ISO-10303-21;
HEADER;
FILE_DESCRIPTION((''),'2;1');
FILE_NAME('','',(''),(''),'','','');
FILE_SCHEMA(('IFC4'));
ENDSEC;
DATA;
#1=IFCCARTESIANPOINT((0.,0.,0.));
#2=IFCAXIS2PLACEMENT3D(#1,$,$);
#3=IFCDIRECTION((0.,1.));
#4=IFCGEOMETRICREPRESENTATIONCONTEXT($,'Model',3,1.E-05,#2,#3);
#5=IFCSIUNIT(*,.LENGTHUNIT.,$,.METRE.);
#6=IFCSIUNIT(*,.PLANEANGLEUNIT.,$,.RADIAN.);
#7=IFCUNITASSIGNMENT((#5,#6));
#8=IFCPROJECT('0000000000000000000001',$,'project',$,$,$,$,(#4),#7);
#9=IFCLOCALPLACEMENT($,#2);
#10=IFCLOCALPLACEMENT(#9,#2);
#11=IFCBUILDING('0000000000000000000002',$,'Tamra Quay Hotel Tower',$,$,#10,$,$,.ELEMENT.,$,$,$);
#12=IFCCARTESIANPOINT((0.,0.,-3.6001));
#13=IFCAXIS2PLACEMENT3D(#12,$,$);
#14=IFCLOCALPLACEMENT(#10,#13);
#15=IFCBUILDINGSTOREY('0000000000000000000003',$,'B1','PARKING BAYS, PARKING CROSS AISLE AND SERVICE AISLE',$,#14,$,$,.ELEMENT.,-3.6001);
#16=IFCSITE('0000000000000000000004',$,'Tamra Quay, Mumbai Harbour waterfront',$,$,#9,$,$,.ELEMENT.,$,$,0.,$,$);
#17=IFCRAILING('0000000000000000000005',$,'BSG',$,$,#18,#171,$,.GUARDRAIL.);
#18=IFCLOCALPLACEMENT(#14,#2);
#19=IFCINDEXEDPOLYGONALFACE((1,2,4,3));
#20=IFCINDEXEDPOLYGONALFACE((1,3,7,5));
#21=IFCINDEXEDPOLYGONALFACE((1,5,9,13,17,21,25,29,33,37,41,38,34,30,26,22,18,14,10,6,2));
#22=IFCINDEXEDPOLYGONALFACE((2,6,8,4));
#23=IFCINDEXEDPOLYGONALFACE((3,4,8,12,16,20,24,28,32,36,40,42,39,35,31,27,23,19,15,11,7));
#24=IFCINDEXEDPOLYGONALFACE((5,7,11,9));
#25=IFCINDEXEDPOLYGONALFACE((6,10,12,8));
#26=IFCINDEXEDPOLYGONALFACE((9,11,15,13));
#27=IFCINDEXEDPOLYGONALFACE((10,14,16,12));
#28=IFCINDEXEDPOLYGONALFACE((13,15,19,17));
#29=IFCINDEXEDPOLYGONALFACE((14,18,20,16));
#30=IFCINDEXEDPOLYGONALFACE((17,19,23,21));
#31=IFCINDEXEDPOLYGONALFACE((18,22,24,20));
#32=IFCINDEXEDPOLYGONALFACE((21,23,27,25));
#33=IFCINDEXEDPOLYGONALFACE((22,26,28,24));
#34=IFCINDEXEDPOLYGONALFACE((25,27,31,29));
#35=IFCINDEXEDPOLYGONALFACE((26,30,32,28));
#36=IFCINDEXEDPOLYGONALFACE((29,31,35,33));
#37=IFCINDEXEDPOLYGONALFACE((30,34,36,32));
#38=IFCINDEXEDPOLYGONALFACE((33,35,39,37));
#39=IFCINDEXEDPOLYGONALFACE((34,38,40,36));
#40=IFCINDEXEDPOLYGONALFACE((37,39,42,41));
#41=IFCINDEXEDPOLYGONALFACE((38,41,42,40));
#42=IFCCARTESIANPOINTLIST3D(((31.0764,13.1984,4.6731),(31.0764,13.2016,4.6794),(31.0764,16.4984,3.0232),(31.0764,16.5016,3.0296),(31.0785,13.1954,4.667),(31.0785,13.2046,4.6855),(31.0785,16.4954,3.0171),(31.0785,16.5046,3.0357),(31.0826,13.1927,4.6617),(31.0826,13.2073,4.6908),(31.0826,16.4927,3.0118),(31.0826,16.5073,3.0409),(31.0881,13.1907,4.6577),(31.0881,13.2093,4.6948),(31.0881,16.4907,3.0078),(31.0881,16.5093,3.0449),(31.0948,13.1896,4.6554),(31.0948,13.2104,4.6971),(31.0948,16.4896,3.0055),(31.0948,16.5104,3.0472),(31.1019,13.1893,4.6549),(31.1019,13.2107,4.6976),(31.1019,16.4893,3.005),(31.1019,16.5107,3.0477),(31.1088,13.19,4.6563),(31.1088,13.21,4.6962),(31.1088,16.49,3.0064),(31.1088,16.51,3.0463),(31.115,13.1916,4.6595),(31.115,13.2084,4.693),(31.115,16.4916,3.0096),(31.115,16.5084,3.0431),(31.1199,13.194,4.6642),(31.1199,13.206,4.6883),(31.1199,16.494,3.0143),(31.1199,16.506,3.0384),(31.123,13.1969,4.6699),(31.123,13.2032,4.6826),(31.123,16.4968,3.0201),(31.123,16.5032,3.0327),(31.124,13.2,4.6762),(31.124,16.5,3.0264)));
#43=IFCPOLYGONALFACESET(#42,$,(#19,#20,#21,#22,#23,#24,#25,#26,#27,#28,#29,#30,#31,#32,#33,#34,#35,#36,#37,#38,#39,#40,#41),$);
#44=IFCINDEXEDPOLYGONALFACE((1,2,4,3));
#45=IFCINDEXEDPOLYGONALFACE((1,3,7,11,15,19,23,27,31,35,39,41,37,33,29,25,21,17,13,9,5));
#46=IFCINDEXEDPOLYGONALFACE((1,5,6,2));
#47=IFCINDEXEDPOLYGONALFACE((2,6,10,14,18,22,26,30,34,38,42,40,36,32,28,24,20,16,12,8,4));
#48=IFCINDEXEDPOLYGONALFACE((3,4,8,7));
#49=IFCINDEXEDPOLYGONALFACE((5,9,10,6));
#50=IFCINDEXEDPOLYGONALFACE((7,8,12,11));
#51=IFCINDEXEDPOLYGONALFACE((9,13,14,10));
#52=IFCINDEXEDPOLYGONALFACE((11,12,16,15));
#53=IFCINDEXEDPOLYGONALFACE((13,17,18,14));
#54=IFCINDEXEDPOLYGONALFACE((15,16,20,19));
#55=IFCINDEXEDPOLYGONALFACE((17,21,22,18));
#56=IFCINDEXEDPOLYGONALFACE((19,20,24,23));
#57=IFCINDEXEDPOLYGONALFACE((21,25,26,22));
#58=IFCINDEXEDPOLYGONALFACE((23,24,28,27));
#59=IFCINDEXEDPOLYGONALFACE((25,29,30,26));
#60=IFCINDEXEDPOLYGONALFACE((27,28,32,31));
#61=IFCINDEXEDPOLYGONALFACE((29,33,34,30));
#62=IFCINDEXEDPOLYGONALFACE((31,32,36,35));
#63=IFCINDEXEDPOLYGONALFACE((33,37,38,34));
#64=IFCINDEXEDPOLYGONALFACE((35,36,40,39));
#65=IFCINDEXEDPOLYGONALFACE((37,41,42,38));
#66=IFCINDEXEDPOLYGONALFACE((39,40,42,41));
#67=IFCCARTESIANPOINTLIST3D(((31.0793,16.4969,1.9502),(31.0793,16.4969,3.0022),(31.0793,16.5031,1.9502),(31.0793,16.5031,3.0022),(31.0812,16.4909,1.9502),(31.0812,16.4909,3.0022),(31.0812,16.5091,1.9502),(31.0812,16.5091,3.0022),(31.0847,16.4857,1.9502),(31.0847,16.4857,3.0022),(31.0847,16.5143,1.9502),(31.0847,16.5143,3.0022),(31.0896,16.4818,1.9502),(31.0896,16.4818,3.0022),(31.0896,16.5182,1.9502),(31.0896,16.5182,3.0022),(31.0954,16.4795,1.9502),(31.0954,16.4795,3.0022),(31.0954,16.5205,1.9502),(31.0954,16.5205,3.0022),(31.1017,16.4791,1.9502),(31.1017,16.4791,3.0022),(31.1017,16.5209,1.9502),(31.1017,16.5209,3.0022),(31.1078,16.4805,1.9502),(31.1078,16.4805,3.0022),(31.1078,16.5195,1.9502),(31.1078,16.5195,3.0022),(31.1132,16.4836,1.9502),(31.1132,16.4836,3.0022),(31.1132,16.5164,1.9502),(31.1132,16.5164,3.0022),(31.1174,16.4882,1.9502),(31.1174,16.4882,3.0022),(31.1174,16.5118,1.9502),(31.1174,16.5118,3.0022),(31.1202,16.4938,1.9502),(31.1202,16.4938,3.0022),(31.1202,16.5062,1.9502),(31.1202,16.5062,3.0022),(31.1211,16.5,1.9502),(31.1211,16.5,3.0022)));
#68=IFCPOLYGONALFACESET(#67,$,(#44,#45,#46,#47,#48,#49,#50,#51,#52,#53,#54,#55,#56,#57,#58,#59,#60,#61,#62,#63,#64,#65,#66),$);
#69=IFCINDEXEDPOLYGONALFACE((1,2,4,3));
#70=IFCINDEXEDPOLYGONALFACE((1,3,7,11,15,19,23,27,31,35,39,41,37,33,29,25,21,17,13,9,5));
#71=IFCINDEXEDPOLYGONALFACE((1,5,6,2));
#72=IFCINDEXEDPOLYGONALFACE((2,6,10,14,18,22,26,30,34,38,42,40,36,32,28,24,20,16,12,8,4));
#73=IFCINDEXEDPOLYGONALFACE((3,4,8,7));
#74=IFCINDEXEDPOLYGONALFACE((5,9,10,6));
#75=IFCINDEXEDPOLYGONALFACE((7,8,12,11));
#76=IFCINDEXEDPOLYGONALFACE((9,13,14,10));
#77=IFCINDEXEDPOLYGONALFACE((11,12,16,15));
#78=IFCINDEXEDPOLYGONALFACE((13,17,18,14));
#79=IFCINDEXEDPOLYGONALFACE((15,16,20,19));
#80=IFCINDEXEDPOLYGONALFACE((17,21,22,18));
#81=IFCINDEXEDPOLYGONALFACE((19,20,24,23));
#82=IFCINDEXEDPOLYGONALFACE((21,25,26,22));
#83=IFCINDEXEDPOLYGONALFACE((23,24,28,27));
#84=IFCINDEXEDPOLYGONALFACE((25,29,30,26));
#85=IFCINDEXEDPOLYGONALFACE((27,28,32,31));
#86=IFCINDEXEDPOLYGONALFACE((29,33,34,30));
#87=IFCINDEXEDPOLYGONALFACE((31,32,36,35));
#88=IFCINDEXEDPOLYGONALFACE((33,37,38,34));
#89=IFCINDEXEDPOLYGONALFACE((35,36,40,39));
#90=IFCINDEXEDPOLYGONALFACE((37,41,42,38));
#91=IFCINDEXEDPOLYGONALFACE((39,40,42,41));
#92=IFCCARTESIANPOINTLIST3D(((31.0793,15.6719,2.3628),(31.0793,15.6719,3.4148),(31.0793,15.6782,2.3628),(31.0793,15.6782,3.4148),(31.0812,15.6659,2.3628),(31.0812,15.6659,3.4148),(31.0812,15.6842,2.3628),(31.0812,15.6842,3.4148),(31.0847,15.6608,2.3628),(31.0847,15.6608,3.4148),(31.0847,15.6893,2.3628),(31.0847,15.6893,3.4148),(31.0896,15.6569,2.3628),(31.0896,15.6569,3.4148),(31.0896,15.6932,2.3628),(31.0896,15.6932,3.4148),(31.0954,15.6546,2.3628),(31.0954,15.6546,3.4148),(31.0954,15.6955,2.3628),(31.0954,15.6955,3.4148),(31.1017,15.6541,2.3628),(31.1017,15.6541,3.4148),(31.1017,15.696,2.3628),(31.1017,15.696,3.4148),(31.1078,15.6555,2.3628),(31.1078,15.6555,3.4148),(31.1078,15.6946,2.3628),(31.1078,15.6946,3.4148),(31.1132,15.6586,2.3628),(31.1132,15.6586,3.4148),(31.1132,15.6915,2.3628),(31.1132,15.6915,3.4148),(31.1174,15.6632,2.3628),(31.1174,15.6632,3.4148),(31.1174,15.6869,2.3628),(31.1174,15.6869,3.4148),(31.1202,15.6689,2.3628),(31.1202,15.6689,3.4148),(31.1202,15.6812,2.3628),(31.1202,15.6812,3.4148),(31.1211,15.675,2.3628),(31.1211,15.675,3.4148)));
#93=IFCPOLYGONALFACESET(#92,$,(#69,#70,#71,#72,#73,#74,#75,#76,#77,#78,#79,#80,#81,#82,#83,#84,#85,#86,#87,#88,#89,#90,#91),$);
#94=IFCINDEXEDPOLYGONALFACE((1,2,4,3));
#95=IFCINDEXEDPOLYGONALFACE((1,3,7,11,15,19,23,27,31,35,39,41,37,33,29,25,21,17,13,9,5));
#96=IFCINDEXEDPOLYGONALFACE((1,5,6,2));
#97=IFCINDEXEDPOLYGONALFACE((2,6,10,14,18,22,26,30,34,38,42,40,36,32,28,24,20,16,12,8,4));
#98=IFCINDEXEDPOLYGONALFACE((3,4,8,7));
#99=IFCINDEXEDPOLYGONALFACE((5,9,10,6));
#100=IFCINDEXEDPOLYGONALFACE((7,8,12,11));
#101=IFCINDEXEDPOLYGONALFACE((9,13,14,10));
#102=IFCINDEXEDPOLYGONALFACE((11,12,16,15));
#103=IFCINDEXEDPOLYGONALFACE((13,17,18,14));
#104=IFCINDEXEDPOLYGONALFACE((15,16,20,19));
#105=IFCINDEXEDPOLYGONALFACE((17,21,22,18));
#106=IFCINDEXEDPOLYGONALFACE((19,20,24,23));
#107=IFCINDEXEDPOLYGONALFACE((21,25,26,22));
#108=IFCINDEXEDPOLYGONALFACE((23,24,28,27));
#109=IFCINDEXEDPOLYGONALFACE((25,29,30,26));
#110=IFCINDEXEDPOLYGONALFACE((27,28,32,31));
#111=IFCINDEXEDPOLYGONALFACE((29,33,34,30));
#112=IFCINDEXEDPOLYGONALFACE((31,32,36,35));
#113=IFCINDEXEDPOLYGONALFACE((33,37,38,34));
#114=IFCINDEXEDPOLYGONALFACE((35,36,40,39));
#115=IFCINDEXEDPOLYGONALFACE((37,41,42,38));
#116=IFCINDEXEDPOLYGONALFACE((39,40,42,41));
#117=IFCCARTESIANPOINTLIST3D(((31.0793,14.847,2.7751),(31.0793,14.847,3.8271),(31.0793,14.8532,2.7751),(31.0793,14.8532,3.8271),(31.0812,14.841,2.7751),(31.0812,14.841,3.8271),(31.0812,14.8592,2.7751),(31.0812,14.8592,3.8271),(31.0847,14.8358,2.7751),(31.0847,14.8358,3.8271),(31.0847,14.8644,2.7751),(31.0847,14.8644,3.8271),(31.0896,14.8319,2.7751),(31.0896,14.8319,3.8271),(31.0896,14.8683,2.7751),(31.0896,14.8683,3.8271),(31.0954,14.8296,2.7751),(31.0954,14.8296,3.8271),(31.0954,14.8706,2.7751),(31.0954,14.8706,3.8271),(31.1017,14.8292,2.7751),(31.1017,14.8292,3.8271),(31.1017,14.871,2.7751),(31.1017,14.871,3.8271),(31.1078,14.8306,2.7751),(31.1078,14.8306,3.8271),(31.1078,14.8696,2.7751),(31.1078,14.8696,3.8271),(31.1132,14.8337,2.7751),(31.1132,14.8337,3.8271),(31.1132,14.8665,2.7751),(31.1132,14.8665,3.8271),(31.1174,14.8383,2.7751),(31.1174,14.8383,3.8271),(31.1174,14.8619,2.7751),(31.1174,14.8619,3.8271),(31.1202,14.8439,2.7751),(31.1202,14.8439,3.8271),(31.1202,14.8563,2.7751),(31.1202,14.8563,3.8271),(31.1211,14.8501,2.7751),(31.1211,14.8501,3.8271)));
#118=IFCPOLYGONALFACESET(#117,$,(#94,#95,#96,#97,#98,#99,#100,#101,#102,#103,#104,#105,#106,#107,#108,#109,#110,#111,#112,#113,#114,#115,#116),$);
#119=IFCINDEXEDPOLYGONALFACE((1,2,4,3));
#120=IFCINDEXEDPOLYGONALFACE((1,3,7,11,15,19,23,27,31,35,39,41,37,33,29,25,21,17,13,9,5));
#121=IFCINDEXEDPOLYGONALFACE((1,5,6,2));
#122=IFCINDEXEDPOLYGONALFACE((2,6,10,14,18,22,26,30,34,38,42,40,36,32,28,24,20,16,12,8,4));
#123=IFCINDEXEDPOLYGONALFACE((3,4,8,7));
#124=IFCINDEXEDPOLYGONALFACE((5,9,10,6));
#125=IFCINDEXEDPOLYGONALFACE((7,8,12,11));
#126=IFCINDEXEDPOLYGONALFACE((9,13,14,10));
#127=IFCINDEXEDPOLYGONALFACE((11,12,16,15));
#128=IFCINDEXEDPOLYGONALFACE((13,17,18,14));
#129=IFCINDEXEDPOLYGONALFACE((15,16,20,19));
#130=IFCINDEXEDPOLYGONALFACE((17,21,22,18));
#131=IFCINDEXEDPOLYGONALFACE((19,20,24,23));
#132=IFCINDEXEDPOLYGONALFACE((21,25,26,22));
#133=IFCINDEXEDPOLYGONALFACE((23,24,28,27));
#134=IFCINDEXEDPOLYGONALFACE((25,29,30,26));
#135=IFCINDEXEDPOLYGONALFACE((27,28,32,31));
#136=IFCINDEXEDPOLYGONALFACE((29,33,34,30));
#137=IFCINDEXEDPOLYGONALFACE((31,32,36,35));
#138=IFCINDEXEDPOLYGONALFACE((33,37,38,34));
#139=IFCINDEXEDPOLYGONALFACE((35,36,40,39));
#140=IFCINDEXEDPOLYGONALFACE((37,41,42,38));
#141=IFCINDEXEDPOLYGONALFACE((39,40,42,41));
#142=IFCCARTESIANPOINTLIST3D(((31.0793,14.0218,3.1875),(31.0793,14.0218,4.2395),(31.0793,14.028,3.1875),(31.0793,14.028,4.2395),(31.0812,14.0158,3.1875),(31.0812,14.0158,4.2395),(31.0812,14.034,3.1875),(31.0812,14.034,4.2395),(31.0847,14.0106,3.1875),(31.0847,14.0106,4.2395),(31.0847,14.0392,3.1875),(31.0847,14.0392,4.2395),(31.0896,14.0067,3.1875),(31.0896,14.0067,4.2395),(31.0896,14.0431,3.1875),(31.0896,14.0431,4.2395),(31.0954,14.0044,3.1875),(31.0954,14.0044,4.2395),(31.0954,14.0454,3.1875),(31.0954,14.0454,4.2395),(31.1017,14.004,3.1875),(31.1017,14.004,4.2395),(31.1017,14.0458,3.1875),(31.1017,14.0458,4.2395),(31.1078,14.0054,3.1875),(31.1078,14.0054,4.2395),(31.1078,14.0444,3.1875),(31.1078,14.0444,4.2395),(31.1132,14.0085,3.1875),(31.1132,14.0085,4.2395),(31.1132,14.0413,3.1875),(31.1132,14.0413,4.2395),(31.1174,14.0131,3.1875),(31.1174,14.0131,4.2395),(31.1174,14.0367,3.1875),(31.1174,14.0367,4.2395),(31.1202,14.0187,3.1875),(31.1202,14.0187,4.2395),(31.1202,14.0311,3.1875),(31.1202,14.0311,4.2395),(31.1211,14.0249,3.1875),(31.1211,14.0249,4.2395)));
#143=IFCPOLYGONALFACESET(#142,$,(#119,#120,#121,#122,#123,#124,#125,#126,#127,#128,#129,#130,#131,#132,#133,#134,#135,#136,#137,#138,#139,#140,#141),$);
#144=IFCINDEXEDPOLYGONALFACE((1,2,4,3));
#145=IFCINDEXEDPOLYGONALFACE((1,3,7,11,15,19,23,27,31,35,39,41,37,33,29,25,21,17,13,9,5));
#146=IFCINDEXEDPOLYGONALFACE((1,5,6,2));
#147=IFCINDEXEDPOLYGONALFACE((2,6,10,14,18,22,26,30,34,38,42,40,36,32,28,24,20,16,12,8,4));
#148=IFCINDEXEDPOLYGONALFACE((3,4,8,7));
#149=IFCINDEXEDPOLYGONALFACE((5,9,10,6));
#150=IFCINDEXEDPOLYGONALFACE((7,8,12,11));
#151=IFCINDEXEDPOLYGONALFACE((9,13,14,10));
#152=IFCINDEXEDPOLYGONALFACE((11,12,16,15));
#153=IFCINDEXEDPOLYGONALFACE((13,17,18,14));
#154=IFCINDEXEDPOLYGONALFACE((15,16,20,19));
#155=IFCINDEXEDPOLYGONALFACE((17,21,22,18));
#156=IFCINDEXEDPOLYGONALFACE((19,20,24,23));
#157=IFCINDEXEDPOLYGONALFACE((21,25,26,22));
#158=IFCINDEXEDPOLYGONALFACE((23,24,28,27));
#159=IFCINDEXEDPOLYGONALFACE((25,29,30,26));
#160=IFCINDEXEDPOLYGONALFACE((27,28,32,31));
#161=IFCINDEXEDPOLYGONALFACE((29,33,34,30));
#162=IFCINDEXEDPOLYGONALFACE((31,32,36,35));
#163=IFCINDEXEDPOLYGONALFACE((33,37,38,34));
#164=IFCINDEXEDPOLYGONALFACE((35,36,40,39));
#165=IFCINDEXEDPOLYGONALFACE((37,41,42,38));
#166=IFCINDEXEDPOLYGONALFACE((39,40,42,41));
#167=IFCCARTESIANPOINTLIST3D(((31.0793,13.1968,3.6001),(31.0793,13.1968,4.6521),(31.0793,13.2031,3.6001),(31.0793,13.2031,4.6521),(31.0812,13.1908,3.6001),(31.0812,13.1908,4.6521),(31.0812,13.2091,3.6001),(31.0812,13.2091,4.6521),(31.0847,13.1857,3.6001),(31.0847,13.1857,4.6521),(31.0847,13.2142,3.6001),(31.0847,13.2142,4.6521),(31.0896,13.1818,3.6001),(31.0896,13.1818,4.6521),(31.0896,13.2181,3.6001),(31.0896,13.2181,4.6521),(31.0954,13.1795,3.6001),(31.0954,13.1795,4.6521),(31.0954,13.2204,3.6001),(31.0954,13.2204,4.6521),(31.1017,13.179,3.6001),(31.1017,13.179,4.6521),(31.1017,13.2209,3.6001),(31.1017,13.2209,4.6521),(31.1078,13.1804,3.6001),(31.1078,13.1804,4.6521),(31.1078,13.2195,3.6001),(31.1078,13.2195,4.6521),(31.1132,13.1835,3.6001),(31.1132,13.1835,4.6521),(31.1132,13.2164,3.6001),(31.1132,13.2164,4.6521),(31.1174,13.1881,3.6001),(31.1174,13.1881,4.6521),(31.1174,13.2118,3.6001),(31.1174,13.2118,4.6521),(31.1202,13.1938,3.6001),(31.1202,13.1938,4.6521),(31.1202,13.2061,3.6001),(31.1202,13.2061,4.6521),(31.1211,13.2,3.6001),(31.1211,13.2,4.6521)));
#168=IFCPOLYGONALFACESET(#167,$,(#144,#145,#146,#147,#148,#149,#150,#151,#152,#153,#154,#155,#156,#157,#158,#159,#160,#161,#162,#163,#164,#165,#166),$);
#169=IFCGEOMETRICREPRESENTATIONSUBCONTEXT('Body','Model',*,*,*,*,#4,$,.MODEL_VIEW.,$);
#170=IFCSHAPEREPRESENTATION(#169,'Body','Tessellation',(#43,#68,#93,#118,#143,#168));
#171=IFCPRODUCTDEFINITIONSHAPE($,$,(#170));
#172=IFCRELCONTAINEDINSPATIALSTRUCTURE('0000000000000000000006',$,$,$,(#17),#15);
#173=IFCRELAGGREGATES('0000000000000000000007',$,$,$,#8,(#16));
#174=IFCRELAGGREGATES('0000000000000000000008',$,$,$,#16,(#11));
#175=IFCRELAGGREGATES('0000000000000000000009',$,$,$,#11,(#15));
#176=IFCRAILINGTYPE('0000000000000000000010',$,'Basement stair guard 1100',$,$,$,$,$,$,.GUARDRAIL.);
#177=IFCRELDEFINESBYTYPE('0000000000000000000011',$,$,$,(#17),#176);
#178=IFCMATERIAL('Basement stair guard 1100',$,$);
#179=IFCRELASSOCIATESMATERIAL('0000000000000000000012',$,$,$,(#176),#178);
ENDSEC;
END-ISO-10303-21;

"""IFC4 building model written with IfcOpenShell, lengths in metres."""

from ifc_helpers import new_model, si_unit, direction, frame, origin, origin_2d, place, context, subcontext, project, spatial, circle, extrude, material, type_object, element, save


model = new_model("IFC4")

# Units and contexts
model_context = context("Model", 3, precision=1e-05, world=origin(), true_north=direction((0.0, 1.0)))
body_context = subcontext(model_context, "Body", "Model", "MODEL_VIEW")
ifc_project = project(units=[si_unit("LENGTHUNIT", "METRE"), si_unit("PLANEANGLEUNIT", "RADIAN")], contexts=[model_context])

# Site, building, storey
site_placement = place(None, origin())
site = spatial("IfcSite", under=ifc_project, at=site_placement, Name="Tamra Quay, Mumbai Harbour waterfront", CompositionType="ELEMENT", RefElevation=0.0)
building_placement = place(site_placement, origin())
building = spatial("IfcBuilding", under=site, at=building_placement, Name="Tamra Quay Hotel Tower", CompositionType="ELEMENT")
storey_placement = place(building_placement, frame((0.0, 0.0, -3.6001)))
storey = spatial("IfcBuildingStorey", under=building, at=storey_placement, Name="B1", Description="PARKING BAYS, PARKING CROSS AISLE AND SERVICE AISLE", CompositionType="ELEMENT", Elevation=-3.6001)

# Railing
ifc_material_1 = material(Name="Basement stair guard 1100")
railing_type_1 = type_object("IfcRailingType", Name="Basement stair guard 1100", PredefinedType="GUARDRAIL", material=ifc_material_1)
railing_1_placement = place(storey_placement, frame((31.1001, 16.5, 1.9502)))
element("IfcRailing", 1, at=railing_1_placement, inside=storey, type_object=railing_type_1, Name="BSG", PredefinedType="GUARDRAIL", context=body_context, shape_type="SweptSolid", body=[
    extrude(circle(Radius=0.0239, at=origin_2d()), frame((0.0, 0.0, 1.0762), z_axis=(0.0, -0.89444, 0.447187), x_axis=(1.0, 0.0, 0.0)), (0.0, 0.0, 1.0), 3.6895),
    extrude(circle(Radius=0.021, at=origin_2d()), origin(), (0.0, 0.0, 1.0), 1.052),
    extrude(circle(Radius=0.021, at=origin_2d()), frame((0.0, -0.825, 0.4126)), (0.0, 0.0, 1.0), 1.052),
    extrude(circle(Radius=0.021, at=origin_2d()), frame((0.0, -1.6499, 0.825)), (0.0, 0.0, 1.0), 1.052),
    extrude(circle(Radius=0.021, at=origin_2d()), frame((0.0, -2.4751, 1.2373)), (0.0, 0.0, 1.0), 1.052),
    extrude(circle(Radius=0.021, at=origin_2d()), frame((0.0, -3.3, 1.6499)), (0.0, 0.0, 1.0), 1.052),
])

save(model, "model.ifc")
